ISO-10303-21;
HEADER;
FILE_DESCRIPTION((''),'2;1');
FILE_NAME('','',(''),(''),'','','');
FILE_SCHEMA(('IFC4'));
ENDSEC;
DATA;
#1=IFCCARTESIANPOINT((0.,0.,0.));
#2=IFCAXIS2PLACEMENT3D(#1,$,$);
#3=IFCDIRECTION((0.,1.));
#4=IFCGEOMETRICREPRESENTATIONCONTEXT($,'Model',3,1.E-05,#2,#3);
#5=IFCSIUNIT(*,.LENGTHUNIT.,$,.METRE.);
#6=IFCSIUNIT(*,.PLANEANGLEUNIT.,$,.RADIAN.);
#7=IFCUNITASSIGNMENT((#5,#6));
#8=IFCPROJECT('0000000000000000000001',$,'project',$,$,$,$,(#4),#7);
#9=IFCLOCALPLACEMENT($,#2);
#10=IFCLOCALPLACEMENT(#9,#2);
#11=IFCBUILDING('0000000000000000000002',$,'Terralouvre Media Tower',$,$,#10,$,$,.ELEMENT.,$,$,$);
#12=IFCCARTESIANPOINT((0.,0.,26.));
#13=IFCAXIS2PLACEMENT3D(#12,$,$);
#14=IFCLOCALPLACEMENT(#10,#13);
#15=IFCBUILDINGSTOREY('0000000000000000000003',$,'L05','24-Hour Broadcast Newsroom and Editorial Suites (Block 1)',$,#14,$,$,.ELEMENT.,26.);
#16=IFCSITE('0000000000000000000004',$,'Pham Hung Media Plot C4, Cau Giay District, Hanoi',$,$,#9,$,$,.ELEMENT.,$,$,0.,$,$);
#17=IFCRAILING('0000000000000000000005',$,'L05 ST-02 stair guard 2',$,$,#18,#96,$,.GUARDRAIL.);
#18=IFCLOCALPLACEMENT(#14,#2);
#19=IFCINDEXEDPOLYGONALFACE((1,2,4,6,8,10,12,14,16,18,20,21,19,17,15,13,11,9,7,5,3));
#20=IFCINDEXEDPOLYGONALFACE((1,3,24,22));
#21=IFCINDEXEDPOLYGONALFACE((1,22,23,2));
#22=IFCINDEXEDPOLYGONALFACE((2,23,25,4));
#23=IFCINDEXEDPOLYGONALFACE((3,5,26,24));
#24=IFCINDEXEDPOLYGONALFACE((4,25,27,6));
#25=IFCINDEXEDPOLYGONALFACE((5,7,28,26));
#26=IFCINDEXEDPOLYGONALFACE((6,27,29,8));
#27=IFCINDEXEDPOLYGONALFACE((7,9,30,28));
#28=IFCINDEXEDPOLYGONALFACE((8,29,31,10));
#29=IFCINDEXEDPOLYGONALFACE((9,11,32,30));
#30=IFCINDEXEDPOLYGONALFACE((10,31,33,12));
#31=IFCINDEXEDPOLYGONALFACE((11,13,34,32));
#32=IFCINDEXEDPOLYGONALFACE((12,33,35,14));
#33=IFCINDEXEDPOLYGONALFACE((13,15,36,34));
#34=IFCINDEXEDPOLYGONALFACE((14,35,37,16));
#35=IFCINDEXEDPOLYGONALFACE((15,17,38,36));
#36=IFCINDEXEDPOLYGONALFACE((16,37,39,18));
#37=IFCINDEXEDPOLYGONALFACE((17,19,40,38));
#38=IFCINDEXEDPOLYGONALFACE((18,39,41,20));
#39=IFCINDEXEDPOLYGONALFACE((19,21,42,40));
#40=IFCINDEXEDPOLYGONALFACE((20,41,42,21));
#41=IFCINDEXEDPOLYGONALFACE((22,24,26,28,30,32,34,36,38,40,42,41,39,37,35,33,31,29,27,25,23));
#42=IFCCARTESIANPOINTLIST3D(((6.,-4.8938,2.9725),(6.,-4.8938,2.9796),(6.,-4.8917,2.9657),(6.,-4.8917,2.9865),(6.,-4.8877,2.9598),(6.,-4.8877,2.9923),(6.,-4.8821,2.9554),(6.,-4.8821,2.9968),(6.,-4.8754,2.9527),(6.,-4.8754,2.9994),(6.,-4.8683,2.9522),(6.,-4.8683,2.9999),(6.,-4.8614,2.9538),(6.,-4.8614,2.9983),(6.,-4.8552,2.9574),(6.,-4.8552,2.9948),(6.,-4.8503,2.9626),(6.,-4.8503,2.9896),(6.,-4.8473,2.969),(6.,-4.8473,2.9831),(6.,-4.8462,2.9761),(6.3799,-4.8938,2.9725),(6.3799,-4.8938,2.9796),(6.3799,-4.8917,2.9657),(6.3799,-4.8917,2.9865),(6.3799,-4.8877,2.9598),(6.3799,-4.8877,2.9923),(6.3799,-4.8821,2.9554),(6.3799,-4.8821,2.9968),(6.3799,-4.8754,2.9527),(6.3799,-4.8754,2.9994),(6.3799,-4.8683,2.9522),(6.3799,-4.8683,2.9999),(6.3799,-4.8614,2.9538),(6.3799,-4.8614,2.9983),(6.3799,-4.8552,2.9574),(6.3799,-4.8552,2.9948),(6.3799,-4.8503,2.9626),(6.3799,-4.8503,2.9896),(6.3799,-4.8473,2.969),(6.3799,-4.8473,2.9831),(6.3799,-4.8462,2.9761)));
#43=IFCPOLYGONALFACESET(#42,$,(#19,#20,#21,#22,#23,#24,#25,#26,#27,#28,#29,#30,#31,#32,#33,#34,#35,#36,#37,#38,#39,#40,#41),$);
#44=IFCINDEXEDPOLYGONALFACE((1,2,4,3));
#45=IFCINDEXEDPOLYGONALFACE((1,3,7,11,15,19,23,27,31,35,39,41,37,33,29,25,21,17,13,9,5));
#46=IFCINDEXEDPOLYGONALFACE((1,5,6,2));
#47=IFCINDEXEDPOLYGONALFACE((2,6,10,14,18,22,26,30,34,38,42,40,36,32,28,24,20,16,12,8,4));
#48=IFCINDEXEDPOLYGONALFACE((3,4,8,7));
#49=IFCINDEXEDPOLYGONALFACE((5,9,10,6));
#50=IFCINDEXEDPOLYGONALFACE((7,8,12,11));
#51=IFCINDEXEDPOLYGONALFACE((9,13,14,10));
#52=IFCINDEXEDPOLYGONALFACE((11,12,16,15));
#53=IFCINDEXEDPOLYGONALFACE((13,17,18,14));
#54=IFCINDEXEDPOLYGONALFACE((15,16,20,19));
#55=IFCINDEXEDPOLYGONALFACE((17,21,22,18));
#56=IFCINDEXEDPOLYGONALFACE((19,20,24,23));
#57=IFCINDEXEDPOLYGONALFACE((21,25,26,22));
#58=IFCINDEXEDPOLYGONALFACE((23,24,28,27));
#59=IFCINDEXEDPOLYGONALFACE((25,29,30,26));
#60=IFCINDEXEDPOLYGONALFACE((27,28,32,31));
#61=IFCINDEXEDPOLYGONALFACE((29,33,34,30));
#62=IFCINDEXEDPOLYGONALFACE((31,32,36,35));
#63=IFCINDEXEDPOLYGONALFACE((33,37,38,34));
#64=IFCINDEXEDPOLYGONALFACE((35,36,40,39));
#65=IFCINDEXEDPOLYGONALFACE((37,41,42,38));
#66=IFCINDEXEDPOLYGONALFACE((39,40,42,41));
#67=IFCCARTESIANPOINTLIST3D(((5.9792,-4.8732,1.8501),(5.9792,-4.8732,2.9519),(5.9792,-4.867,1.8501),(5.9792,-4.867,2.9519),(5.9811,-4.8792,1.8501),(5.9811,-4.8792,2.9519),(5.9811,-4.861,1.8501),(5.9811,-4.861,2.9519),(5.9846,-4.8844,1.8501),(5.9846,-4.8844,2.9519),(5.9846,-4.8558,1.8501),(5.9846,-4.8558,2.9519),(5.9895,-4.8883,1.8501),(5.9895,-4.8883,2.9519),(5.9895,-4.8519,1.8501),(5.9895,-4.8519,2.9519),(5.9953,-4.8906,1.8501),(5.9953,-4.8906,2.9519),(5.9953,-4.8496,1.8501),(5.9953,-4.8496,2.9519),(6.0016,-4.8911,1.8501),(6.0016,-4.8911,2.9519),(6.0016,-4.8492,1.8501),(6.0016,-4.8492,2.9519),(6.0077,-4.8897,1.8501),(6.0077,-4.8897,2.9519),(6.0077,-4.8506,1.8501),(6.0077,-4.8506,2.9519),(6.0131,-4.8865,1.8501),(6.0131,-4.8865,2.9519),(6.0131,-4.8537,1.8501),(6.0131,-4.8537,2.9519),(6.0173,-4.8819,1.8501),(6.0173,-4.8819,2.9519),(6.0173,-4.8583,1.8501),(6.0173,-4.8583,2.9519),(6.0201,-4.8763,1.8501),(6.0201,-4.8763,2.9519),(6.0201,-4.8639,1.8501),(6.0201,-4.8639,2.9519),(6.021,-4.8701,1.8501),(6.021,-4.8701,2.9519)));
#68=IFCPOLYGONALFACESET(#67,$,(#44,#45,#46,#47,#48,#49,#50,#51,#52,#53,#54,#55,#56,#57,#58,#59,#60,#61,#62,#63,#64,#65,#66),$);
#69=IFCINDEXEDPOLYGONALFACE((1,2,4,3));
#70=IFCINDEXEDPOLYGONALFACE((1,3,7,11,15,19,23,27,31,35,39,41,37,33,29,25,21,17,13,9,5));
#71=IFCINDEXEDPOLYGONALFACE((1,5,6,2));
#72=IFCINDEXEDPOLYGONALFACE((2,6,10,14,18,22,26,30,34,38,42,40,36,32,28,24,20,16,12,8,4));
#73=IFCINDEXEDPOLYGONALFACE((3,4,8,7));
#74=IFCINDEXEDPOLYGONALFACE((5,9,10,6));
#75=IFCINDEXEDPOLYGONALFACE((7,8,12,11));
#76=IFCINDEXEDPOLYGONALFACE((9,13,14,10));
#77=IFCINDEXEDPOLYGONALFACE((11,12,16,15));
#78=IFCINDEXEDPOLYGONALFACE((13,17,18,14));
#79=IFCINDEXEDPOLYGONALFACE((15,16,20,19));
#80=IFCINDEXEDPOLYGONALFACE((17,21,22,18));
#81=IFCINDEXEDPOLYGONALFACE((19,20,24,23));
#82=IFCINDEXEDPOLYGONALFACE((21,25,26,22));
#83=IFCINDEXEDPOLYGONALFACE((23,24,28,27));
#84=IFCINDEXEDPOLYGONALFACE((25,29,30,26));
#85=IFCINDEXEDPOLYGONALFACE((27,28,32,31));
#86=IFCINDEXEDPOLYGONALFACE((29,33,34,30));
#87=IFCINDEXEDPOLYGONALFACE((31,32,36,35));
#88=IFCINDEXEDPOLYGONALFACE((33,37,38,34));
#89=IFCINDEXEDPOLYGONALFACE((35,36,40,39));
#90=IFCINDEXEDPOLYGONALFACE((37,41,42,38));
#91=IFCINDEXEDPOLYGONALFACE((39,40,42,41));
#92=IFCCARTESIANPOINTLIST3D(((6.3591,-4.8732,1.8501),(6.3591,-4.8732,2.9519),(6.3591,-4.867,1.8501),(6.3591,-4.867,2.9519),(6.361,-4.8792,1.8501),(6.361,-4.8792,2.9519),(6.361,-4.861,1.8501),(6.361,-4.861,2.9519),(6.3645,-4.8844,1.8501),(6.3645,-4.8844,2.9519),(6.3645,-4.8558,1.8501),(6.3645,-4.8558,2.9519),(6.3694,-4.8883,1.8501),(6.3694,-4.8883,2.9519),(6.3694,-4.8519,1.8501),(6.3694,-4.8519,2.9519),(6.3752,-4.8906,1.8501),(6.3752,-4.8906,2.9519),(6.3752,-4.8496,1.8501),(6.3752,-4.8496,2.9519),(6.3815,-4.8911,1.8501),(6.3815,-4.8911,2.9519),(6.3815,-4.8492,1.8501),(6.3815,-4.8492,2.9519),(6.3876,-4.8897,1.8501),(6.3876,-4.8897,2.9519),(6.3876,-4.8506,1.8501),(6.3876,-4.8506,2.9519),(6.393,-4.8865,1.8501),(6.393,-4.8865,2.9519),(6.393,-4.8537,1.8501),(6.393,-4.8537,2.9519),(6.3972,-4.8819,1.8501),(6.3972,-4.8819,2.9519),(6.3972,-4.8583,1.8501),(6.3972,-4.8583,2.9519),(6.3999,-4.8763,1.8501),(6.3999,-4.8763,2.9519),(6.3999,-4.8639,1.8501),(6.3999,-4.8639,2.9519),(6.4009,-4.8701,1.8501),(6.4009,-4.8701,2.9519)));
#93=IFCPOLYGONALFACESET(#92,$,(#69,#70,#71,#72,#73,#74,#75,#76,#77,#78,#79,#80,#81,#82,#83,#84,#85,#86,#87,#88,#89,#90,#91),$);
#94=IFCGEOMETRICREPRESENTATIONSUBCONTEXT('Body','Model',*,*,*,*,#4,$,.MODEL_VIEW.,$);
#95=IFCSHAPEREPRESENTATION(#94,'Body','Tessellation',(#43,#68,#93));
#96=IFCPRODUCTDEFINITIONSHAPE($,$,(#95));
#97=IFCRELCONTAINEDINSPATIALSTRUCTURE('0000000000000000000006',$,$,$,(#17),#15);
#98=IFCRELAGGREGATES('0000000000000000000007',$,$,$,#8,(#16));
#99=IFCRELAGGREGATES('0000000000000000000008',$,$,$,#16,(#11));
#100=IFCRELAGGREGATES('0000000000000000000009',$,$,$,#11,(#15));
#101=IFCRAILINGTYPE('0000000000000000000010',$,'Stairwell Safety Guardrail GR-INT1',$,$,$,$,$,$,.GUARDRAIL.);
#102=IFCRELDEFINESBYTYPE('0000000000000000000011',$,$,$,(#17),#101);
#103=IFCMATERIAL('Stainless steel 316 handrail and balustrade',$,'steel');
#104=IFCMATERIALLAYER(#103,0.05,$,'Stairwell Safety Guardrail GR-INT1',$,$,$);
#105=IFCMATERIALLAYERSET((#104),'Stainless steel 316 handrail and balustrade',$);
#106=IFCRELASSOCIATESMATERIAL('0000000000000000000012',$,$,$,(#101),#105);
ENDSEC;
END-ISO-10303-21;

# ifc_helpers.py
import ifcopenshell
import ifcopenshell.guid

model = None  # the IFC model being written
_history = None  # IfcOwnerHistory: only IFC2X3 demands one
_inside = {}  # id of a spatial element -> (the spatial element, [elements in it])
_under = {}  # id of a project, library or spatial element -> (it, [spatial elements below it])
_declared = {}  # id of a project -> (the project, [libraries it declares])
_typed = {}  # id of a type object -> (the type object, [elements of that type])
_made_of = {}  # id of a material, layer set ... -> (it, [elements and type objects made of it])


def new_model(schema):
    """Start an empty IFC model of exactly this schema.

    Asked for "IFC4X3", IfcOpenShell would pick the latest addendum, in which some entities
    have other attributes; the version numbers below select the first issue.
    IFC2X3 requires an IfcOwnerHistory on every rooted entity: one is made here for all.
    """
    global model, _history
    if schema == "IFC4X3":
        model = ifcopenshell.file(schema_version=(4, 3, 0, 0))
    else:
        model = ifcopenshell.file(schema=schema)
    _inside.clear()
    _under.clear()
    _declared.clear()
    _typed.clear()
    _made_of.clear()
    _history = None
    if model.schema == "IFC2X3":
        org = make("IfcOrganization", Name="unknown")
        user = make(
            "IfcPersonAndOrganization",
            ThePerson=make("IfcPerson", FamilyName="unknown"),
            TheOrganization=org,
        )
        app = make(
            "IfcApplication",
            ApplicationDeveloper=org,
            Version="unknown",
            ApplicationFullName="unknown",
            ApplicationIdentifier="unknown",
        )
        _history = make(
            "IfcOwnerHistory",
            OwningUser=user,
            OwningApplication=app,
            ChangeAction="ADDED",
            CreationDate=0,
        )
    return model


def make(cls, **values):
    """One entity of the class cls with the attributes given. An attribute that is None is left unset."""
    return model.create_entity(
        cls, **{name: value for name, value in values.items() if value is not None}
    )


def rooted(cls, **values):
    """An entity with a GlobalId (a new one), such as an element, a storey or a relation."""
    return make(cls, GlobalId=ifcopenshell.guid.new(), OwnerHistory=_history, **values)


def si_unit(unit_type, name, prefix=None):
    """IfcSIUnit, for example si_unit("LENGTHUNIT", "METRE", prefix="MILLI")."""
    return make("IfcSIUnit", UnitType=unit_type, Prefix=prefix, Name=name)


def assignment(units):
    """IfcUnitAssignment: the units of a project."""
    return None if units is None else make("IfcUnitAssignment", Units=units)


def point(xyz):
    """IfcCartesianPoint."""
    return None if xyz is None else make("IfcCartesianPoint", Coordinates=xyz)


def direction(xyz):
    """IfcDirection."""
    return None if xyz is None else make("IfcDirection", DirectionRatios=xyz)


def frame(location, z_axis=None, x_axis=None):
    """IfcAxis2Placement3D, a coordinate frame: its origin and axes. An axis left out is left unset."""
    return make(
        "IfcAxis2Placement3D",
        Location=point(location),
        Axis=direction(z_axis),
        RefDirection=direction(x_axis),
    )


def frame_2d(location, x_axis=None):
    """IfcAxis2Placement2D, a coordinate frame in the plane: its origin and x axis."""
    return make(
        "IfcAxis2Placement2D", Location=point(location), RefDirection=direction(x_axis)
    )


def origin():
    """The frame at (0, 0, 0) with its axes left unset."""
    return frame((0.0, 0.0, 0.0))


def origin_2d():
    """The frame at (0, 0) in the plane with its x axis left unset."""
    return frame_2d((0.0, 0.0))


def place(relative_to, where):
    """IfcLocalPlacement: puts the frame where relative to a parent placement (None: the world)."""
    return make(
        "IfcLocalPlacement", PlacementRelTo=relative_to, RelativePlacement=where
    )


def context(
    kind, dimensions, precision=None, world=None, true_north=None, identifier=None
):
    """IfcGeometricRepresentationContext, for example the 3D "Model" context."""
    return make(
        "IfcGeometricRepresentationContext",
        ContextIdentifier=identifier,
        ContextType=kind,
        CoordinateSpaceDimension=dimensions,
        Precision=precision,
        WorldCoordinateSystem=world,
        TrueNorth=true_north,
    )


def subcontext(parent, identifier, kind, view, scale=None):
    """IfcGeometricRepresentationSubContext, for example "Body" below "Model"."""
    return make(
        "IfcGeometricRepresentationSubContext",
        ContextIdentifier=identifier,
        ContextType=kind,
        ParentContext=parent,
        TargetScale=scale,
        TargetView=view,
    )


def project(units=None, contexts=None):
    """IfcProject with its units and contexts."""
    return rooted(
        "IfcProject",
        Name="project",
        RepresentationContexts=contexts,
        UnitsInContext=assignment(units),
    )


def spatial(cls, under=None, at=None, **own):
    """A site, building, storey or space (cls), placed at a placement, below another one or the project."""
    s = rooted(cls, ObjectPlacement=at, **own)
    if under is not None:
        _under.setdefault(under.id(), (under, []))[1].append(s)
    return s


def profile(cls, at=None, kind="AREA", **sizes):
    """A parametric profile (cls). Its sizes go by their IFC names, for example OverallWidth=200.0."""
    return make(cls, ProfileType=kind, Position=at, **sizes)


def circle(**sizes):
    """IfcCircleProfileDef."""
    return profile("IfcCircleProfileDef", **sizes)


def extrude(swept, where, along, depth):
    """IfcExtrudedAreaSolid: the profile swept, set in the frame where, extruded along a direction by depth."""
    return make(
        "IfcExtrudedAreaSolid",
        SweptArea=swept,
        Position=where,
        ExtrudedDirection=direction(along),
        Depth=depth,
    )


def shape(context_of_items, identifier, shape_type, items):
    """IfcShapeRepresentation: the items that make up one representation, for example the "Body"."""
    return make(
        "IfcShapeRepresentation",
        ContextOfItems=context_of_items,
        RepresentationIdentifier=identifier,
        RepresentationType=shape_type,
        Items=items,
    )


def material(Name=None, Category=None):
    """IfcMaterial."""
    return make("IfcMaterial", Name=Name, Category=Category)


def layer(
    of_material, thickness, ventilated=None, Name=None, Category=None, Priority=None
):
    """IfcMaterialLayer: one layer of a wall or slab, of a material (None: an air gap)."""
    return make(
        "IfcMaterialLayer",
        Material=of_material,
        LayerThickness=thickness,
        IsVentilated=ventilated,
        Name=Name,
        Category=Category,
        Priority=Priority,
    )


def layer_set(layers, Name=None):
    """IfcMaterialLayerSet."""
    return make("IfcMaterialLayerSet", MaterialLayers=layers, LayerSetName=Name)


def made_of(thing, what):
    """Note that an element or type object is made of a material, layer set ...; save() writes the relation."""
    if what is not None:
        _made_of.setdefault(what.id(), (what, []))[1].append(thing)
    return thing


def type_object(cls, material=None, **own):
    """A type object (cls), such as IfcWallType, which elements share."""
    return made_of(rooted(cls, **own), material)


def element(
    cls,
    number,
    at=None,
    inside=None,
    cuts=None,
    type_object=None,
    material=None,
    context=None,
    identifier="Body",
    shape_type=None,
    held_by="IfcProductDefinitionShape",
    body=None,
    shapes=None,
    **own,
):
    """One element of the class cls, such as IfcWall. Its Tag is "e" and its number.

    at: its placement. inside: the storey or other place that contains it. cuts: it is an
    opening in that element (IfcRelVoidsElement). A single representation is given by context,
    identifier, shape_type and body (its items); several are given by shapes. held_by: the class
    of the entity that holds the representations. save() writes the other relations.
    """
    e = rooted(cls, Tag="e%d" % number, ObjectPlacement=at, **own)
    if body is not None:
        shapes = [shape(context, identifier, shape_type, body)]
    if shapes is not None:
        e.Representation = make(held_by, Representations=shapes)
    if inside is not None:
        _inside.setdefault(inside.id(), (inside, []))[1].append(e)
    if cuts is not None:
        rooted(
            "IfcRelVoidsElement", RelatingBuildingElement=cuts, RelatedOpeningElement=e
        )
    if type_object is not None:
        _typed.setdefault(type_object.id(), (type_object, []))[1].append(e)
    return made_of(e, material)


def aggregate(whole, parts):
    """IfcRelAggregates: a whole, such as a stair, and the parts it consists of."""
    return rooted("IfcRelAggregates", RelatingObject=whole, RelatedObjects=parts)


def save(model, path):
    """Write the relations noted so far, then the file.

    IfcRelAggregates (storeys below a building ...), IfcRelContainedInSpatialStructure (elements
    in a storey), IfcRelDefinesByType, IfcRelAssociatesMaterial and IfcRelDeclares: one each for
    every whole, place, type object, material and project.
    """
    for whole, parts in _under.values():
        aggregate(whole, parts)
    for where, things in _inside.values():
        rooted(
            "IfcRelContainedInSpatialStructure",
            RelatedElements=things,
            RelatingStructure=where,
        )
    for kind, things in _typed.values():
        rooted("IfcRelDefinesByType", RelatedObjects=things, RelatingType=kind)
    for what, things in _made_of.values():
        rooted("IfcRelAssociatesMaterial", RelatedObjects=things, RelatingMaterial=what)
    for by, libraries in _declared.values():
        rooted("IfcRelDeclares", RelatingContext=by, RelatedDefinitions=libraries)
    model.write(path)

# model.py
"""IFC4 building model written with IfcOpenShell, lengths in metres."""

from ifc_helpers import new_model, si_unit, direction, frame, origin, origin_2d, place, context, subcontext, project, spatial, circle, extrude, material, layer, layer_set, type_object, element, save


model = new_model("IFC4")

# Units and contexts
model_context = context("Model", 3, precision=1e-05, world=origin(), true_north=direction((0.0, 1.0)))
body_context = subcontext(model_context, "Body", "Model", "MODEL_VIEW")
ifc_project = project(units=[si_unit("LENGTHUNIT", "METRE"), si_unit("PLANEANGLEUNIT", "RADIAN")], contexts=[model_context])

# Site, building, storey
site_placement = place(None, origin())
site = spatial("IfcSite", under=ifc_project, at=site_placement, Name="Pham Hung Media Plot C4, Cau Giay District, Hanoi", CompositionType="ELEMENT", RefElevation=0.0)
building_placement = place(site_placement, origin())
building = spatial("IfcBuilding", under=site, at=building_placement, Name="Terralouvre Media Tower", CompositionType="ELEMENT")
storey_placement = place(building_placement, frame((0.0, 0.0, 26.0)))
storey = spatial("IfcBuildingStorey", under=building, at=storey_placement, Name="L05", Description="24-Hour Broadcast Newsroom and Editorial Suites (Block 1)", CompositionType="ELEMENT", Elevation=26.0)

# Railing
ifc_material_1 = material(Name="Stainless steel 316 handrail and balustrade", Category="steel")
ifc_layer_1 = layer(ifc_material_1, 0.05, Name="Stairwell Safety Guardrail GR-INT1")
ifc_layer_set_1 = layer_set([ifc_layer_1], Name="Stainless steel 316 handrail and balustrade")
railing_type_1 = type_object("IfcRailingType", Name="Stairwell Safety Guardrail GR-INT1", PredefinedType="GUARDRAIL", material=ifc_layer_set_1)
railing_1_placement = place(storey_placement, frame((6.0, -4.8701, 1.8501)))
element("IfcRailing", 1, at=railing_1_placement, inside=storey, type_object=railing_type_1, Name="L05 ST-02 stair guard 2", PredefinedType="GUARDRAIL", context=body_context, shape_type="SweptSolid", body=[
    extrude(circle(Radius=0.0239, at=origin_2d()), frame((0.0, 0.0, 1.126), z_axis=(1.0, 0.0, 0.0), x_axis=(0.0, 1.0, 0.0)), (0.0, 0.0, 1.0), 0.3799),
    extrude(circle(Radius=0.021, at=origin_2d()), origin(), (0.0, 0.0, 1.0), 1.1018),
    extrude(circle(Radius=0.021, at=origin_2d()), frame((0.3799, 0.0, 0.0)), (0.0, 0.0, 1.0), 1.1018),
])

save(model, "model.ifc")
